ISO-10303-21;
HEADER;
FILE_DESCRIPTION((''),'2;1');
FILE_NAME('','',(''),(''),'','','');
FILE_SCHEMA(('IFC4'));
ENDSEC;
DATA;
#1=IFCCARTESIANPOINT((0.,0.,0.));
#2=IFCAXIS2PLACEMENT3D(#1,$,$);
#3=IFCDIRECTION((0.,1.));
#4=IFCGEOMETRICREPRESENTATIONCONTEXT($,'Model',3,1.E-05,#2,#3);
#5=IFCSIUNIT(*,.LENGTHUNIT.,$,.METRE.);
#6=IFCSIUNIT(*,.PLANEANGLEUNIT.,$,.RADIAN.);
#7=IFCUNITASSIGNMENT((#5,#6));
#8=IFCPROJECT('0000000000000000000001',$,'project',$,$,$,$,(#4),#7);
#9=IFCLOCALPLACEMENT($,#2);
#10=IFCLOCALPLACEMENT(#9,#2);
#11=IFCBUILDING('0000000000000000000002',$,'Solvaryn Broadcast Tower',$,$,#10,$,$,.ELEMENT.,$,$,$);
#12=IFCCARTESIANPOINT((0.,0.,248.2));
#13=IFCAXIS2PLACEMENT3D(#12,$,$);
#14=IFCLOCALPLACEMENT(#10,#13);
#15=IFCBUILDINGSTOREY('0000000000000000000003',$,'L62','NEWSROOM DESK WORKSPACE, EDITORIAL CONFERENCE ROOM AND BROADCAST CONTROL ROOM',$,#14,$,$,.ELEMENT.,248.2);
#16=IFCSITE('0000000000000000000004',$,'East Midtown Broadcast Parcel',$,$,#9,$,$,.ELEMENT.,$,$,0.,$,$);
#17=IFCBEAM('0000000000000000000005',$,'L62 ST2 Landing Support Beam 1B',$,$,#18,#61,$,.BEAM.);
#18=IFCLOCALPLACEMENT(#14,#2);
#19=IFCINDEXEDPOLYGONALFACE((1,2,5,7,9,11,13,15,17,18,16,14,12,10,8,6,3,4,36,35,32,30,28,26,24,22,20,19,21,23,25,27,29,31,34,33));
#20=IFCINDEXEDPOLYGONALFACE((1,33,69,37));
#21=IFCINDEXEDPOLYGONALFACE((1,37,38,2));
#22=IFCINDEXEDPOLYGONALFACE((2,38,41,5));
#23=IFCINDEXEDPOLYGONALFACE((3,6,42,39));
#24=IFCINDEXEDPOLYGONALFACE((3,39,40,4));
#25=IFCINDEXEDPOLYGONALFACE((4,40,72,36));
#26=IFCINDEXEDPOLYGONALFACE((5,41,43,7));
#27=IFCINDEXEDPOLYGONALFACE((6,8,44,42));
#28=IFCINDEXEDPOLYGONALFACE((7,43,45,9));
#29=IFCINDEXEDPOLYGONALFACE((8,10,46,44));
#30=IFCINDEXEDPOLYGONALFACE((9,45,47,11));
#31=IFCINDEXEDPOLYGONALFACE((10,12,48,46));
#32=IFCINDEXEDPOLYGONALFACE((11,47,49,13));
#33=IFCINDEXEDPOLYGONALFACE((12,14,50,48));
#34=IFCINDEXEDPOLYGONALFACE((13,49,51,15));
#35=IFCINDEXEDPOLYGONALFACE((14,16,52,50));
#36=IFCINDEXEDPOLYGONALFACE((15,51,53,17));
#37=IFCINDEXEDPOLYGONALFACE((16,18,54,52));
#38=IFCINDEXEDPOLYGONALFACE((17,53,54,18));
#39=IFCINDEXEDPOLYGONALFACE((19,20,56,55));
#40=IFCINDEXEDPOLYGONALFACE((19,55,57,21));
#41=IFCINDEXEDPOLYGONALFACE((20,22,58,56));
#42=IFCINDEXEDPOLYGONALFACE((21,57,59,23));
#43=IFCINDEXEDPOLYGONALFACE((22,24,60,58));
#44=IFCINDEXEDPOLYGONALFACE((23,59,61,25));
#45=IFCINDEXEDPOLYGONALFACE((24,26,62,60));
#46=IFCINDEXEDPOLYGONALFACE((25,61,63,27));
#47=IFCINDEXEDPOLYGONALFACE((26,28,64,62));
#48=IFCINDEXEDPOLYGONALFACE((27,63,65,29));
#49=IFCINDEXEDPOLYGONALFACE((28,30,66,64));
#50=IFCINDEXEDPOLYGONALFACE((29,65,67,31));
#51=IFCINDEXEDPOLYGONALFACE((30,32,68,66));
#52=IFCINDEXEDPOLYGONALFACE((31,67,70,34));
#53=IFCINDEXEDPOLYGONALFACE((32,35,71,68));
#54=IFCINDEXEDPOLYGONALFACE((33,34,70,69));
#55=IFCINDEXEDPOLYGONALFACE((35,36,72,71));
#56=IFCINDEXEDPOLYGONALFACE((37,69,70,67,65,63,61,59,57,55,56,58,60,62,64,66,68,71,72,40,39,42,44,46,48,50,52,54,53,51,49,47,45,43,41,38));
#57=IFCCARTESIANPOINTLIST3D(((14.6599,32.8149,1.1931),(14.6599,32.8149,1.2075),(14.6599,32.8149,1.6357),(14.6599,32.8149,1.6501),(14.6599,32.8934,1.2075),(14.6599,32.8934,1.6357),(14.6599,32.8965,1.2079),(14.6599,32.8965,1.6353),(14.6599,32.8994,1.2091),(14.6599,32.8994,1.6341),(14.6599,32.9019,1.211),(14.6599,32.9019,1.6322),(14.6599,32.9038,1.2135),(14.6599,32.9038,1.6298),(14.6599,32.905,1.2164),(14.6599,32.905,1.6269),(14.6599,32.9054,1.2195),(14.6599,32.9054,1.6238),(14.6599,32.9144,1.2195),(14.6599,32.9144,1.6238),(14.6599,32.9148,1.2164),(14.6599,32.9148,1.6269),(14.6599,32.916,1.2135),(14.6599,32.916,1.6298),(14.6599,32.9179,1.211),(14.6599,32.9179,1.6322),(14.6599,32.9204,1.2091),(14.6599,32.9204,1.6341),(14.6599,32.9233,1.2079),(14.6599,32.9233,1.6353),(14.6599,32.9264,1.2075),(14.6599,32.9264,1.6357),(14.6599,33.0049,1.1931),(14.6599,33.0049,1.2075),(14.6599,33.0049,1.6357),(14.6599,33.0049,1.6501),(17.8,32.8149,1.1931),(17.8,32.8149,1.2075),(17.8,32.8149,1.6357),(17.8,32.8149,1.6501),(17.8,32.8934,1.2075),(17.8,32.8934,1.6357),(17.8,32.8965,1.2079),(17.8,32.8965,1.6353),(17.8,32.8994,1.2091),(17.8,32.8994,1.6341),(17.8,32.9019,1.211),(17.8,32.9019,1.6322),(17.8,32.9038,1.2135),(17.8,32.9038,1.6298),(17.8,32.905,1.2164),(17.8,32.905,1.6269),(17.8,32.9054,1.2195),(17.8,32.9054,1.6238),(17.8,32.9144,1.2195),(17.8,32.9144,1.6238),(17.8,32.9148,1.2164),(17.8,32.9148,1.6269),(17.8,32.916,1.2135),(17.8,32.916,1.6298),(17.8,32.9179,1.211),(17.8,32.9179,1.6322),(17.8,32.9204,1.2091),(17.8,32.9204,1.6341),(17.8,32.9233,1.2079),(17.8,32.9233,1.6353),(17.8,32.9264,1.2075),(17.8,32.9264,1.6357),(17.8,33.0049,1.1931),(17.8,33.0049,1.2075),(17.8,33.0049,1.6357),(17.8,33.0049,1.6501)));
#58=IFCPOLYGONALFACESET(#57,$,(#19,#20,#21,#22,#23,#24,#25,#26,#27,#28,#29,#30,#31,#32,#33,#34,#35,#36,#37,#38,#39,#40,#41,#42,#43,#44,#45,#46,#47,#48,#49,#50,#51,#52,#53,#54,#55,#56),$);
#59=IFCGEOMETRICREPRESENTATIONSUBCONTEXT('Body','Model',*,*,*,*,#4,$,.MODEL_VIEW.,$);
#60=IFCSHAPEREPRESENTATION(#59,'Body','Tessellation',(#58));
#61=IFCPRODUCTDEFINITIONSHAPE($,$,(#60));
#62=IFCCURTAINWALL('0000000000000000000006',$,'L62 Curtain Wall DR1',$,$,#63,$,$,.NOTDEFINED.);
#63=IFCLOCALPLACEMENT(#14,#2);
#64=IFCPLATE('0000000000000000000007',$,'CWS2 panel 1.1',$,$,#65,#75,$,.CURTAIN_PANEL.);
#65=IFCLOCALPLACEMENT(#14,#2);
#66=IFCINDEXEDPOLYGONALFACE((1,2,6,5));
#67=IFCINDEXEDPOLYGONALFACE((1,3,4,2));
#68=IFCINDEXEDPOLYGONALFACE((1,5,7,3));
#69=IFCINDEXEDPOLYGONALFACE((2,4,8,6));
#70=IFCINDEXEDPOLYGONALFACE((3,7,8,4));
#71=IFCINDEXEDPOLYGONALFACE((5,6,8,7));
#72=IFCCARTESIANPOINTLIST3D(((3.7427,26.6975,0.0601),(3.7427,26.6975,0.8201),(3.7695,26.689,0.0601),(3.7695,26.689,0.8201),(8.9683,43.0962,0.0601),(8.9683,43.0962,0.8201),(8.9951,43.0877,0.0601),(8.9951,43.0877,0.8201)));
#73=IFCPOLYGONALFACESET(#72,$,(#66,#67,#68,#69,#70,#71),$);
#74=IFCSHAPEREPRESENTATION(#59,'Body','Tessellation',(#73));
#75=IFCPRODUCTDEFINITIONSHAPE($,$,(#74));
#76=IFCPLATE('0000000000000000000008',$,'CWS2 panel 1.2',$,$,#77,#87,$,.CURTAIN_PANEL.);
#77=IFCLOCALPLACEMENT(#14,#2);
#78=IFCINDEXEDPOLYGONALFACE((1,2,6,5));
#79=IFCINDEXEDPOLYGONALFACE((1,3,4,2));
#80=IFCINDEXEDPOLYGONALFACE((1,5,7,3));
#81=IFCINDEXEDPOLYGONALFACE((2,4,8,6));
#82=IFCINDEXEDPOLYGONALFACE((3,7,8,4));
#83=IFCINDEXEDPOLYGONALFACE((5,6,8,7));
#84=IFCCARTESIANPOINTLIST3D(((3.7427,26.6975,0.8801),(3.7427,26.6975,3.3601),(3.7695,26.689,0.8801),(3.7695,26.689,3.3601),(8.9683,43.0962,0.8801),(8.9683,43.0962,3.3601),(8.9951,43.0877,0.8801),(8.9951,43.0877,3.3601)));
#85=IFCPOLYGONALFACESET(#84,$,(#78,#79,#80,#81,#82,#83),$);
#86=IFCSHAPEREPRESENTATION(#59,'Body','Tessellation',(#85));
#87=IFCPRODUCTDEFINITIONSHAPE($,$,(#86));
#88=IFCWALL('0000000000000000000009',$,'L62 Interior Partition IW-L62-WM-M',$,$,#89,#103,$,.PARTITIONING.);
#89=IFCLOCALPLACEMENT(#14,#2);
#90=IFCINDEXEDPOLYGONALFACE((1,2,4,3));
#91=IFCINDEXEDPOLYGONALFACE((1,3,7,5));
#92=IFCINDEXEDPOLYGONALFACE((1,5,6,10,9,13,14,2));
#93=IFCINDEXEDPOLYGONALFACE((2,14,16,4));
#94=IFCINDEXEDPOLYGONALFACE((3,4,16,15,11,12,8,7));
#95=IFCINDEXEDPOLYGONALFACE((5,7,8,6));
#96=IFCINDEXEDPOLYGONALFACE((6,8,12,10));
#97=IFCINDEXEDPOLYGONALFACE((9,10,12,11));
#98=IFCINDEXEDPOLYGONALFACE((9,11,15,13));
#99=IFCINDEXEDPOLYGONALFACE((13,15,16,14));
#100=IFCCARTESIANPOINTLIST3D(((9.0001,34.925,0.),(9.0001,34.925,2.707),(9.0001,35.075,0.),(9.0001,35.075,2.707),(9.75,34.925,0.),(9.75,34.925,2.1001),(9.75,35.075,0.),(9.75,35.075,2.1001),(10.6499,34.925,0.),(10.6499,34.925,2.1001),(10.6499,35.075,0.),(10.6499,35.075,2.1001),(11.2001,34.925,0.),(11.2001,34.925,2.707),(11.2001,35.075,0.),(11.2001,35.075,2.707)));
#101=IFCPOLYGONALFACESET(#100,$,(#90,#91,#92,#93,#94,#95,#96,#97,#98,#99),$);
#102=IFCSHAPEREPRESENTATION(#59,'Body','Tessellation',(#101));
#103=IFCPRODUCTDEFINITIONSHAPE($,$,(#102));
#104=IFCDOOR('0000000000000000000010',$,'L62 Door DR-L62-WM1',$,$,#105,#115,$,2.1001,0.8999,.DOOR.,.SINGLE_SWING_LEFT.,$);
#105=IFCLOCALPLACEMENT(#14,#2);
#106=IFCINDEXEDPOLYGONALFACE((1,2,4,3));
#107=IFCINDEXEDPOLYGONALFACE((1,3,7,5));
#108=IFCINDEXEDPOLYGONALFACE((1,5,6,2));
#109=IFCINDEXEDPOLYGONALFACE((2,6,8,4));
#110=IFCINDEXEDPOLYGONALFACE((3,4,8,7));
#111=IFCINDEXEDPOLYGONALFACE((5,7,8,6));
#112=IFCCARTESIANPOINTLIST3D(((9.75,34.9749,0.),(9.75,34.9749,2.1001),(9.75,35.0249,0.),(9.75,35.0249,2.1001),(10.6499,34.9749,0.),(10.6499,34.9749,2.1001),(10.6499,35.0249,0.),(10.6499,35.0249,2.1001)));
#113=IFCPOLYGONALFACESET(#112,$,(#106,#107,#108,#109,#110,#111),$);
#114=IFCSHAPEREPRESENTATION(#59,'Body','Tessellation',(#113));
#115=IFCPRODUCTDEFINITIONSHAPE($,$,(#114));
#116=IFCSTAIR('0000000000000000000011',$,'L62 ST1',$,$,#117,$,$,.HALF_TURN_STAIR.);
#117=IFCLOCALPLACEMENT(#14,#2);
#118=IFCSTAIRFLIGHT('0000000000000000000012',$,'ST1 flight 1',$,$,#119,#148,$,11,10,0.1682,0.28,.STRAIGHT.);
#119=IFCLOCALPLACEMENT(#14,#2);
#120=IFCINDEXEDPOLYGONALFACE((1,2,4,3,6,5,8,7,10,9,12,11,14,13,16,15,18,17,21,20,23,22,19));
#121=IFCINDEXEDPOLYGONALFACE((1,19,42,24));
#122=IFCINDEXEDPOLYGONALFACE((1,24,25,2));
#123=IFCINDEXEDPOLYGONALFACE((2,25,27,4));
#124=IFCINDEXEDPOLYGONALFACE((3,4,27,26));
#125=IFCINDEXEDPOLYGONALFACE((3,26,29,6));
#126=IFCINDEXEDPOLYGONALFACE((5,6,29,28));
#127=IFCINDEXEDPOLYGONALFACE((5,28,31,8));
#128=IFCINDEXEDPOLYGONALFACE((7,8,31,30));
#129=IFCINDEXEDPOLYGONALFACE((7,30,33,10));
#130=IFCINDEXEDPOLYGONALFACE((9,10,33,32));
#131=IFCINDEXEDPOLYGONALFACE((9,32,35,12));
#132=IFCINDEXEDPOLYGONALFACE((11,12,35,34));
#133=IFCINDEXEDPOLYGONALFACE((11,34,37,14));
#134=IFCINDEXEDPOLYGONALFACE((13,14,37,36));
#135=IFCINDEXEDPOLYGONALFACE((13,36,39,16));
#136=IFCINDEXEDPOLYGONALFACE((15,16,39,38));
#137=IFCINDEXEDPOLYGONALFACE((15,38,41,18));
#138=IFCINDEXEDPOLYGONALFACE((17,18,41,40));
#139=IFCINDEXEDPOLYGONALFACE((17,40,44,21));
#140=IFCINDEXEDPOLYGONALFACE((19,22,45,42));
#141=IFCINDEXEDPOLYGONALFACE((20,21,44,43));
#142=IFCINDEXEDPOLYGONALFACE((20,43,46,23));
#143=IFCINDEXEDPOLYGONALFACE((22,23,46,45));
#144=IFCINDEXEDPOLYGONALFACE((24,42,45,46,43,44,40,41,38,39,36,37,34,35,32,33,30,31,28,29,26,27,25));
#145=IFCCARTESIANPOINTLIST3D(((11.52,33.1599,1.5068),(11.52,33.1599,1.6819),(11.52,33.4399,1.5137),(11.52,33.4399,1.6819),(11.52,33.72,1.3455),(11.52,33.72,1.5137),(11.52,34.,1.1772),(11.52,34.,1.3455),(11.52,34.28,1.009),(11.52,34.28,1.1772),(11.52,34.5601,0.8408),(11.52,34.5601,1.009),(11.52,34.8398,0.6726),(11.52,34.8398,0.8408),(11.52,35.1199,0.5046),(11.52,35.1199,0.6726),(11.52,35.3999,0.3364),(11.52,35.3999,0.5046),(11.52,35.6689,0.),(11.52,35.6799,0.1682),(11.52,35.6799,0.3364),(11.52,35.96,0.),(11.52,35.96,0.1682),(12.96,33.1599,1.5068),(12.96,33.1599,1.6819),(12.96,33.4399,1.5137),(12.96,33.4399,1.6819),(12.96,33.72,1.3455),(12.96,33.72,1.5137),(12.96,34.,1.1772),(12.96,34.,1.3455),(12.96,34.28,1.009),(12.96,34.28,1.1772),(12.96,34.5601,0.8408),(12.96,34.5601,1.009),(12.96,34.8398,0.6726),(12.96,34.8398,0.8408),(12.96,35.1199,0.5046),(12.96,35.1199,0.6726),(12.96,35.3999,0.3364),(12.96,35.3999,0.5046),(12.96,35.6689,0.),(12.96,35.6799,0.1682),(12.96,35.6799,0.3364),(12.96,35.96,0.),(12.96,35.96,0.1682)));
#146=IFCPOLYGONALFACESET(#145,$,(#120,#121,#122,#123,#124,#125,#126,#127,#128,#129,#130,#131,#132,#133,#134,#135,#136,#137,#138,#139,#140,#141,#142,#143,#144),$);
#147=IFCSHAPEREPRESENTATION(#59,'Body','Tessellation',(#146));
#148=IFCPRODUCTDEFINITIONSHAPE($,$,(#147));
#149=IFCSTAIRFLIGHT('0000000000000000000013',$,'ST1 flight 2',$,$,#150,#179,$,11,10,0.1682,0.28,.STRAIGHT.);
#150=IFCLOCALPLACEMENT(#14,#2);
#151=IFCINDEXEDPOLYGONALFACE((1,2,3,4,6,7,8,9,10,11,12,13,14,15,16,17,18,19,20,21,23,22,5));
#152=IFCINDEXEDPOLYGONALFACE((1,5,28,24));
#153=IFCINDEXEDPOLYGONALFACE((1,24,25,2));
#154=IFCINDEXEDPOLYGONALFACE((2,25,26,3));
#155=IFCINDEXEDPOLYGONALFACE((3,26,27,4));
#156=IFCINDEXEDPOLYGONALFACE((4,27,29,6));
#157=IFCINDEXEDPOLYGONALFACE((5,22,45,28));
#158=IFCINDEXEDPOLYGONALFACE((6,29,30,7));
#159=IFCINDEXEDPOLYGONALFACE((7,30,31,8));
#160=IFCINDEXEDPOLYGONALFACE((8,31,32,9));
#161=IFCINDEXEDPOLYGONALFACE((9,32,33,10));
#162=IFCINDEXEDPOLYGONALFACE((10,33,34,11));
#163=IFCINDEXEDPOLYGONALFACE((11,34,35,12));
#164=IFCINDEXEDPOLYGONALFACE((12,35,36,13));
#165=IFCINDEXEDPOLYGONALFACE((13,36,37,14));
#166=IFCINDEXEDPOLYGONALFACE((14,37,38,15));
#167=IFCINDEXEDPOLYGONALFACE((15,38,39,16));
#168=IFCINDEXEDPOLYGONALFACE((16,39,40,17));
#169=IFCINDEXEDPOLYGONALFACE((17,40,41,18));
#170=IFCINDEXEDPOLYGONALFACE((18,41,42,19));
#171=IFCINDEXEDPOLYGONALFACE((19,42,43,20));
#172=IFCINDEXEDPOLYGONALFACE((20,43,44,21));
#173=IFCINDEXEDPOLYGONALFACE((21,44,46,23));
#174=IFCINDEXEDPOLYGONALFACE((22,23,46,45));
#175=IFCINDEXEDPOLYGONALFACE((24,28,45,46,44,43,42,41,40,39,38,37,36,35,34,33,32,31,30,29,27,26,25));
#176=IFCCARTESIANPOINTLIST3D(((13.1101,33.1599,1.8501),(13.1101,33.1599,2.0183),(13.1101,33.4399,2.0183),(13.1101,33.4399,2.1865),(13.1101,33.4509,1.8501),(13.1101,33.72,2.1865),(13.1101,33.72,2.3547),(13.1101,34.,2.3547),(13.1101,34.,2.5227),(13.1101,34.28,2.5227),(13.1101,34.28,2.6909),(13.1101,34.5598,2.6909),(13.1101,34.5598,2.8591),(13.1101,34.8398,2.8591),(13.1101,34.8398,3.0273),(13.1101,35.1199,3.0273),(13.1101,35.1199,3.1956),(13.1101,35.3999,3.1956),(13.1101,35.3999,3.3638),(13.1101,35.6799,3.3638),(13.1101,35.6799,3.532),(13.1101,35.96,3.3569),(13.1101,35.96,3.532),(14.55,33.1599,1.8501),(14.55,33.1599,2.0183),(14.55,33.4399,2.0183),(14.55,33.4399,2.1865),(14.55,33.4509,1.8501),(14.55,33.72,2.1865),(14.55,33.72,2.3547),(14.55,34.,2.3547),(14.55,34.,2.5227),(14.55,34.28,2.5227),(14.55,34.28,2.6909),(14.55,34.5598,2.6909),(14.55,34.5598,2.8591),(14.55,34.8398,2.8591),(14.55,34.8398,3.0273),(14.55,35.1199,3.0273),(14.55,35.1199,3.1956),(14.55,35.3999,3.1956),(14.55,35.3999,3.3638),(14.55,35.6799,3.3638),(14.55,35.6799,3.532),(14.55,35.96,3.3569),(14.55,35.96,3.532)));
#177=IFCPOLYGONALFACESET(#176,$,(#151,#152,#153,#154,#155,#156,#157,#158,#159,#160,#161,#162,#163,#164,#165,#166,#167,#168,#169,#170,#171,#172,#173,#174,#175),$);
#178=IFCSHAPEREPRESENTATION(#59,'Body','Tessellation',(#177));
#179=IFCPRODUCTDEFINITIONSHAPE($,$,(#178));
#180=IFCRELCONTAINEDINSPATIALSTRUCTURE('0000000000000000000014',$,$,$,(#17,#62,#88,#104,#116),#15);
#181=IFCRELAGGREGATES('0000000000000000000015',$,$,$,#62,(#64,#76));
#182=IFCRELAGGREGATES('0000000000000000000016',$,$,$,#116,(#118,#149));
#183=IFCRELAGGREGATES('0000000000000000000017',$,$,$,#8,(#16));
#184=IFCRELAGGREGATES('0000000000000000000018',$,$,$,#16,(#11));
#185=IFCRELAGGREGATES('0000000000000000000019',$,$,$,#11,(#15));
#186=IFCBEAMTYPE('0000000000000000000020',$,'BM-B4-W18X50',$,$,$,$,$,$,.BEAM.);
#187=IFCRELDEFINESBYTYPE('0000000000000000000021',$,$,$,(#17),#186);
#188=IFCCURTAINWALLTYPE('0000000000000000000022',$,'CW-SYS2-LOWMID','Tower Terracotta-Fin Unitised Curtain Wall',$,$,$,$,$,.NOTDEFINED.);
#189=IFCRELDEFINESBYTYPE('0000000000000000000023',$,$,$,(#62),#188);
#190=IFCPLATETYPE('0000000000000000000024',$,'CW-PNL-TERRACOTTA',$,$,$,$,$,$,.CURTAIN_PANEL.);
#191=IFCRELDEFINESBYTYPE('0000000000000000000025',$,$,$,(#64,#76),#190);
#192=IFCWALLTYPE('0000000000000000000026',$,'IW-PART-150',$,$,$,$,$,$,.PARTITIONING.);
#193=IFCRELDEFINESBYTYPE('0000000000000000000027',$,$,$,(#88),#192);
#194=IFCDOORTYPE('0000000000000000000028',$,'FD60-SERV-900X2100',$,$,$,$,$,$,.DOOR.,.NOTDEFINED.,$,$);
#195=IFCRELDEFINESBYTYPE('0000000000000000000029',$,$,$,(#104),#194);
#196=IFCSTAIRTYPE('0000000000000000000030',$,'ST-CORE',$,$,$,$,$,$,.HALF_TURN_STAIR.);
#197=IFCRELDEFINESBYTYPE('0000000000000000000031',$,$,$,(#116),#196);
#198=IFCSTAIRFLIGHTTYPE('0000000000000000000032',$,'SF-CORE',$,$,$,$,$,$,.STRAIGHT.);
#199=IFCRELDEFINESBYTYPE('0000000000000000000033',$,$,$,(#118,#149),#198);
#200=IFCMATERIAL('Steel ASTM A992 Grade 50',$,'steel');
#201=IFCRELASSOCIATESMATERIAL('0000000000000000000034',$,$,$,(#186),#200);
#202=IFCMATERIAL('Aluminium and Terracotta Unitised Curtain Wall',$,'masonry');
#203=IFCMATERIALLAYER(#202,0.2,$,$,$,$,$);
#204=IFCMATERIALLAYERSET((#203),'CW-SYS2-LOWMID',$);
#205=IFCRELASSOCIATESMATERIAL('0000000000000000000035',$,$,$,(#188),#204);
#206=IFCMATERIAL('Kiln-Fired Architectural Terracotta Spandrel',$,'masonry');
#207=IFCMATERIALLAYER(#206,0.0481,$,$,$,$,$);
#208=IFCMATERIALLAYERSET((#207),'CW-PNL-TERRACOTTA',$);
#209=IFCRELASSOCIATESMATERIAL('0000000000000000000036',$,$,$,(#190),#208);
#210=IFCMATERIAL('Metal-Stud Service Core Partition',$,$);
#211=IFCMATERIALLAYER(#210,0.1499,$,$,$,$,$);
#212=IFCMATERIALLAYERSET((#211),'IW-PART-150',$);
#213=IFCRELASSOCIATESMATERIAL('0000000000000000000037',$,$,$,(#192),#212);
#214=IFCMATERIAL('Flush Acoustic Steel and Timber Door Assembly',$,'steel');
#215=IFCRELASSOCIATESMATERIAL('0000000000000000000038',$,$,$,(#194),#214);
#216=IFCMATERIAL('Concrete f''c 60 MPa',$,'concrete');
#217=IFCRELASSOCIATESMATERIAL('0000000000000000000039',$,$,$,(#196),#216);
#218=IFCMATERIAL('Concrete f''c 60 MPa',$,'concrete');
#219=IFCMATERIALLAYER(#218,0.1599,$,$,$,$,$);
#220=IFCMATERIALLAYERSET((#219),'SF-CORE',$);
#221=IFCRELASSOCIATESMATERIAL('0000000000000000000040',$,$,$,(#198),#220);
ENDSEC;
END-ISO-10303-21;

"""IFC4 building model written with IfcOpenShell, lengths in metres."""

from ifc_helpers import new_model, si_unit, direction, frame, frame_2d, origin, origin_2d, place, context, subcontext, project, spatial, polyline, rectangle, i_section, outline, extrude, material, layer, layer_set, material_profile, profile_set, type_object, element, fill, aggregate, save


model = new_model("IFC4")

# Units and contexts
model_context = context("Model", 3, precision=1e-05, world=origin(), true_north=direction((0.0, 1.0)))
body_context = subcontext(model_context, "Body", "Model", "MODEL_VIEW")
ifc_project = project(units=[si_unit("LENGTHUNIT", "METRE"), si_unit("PLANEANGLEUNIT", "RADIAN")], contexts=[model_context])

# Site, building, storey
site_placement = place(None, origin())
site = spatial("IfcSite", under=ifc_project, at=site_placement, Name="East Midtown Broadcast Parcel", CompositionType="ELEMENT", RefElevation=0.0)
building_placement = place(site_placement, origin())
building = spatial("IfcBuilding", under=site, at=building_placement, Name="Solvaryn Broadcast Tower", CompositionType="ELEMENT")
storey_placement = place(building_placement, frame((0.0, 0.0, 248.2)))
storey = spatial("IfcBuildingStorey", under=building, at=storey_placement, Name="L62", Description="NEWSROOM DESK WORKSPACE, EDITORIAL CONFERENCE ROOM AND BROADCAST CONTROL ROOM", CompositionType="ELEMENT", Elevation=248.2)

# Beam
ifc_material_1 = material(Name="Steel ASTM A992 Grade 50", Category="steel")
ifc_material_profile_1 = material_profile(ifc_material_1, i_section(OverallWidth=0.1899, OverallDepth=0.457, WebThickness=0.009, FlangeThickness=0.0144, FilletRadius=0.012, at=origin_2d()))
ifc_profile_set_1 = profile_set([ifc_material_profile_1], Name="Steel ASTM A992 Grade 50")
beam_type_1 = type_object("IfcBeamType", Name="BM-B4-W18X50", PredefinedType="BEAM", material=ifc_profile_set_1)
beam_1_placement = place(storey_placement, frame((14.6599, 32.9099, 1.4216), z_axis=(1.0, 0.0, 0.0), x_axis=(0.0, 1.0, 0.0)))
element("IfcBeam", 1, at=beam_1_placement, inside=storey, type_object=beam_type_1, Name="L62 ST2 Landing Support Beam 1B", PredefinedType="BEAM", context=body_context, shape_type="SweptSolid", body=[
    extrude(i_section(OverallWidth=0.1899, OverallDepth=0.457, WebThickness=0.009, FlangeThickness=0.0144, FilletRadius=0.012, at=origin_2d()), origin(), (0.0, 0.0, 1.0), 3.1401),
])

# Curtain wall, plates
ifc_material_2 = material(Name="Aluminium and Terracotta Unitised Curtain Wall", Category="masonry")
ifc_layer_1 = layer(ifc_material_2, 0.2)
ifc_layer_set_1 = layer_set([ifc_layer_1], Name="CW-SYS2-LOWMID")
curtain_wall_type = type_object("IfcCurtainWallType", Name="CW-SYS2-LOWMID", Description="Tower Terracotta-Fin Unitised Curtain Wall", PredefinedType="NOTDEFINED", material=ifc_layer_set_1)
curtain_wall_placement = place(storey_placement, origin())
curtain_wall = element("IfcCurtainWall", 2, at=curtain_wall_placement, inside=storey, type_object=curtain_wall_type, Name="L62 Curtain Wall DR1", PredefinedType="NOTDEFINED")
ifc_material_3 = material(Name="Kiln-Fired Architectural Terracotta Spandrel", Category="masonry")
ifc_layer_2 = layer(ifc_material_3, 0.0481)
ifc_layer_set_2 = layer_set([ifc_layer_2], Name="CW-PNL-TERRACOTTA")
plate_type = type_object("IfcPlateType", Name="CW-PNL-TERRACOTTA", PredefinedType="CURTAIN_PANEL", material=ifc_layer_set_2)
plate_1_placement = place(storey_placement, frame((6.3689, 34.8926, 0.0601), z_axis=(0.0, 0.0, 1.0), x_axis=(-0.303616, -0.952795, 0.0)))
plate_1 = element("IfcPlate", 3, at=plate_1_placement, type_object=plate_type, Name="CWS2 panel 1.1", PredefinedType="CURTAIN_PANEL", context=body_context, shape_type="SweptSolid", body=[
    extrude(rectangle(XDim=17.2112, YDim=0.0281, at=origin_2d()), origin(), (0.0, 0.0, 1.0), 0.76),
])
plate_2_placement = place(storey_placement, frame((6.3689, 34.8926, 0.8801), z_axis=(0.0, 0.0, 1.0), x_axis=(-0.303616, -0.952795, 0.0)))
plate_2 = element("IfcPlate", 4, at=plate_2_placement, type_object=plate_type, Name="CWS2 panel 1.2", PredefinedType="CURTAIN_PANEL", context=body_context, shape_type="SweptSolid", body=[
    extrude(rectangle(XDim=17.2112, YDim=0.0281, at=origin_2d()), origin(), (0.0, 0.0, 1.0), 2.48),
])
aggregate(curtain_wall, [plate_1, plate_2])

# Wall, opening, door
ifc_material_4 = material(Name="Metal-Stud Service Core Partition")
ifc_layer_3 = layer(ifc_material_4, 0.1499)
ifc_layer_set_3 = layer_set([ifc_layer_3], Name="IW-PART-150")
wall_type = type_object("IfcWallType", Name="IW-PART-150", PredefinedType="PARTITIONING", material=ifc_layer_set_3)
wall_placement = place(storey_placement, frame((9.0, 35.0, 0.0), z_axis=(0.0, 0.0, 1.0), x_axis=(1.0, 0.0, 0.0)))
wall = element("IfcWall", 5, at=wall_placement, inside=storey, type_object=wall_type, Name="L62 Interior Partition IW-L62-WM-M", PredefinedType="PARTITIONING", context=body_context, shape_type="SweptSolid", body=[
    extrude(rectangle(XDim=2.2, YDim=0.1499, at=frame_2d((1.1001, 0.0))), origin(), (0.0, 0.0, 1.0), 2.707),
])
opening_placement = place(wall_placement, frame((0.75, 0.0, 0.0)))
opening = element("IfcOpeningElement", 6, at=opening_placement, cuts=wall, PredefinedType="OPENING", context=body_context, shape_type="SweptSolid", body=[
    extrude(rectangle(XDim=0.8999, YDim=2.1001, at=frame_2d((0.45, 1.05))), frame((0.0, 0.085, 0.0), z_axis=(0.0, -1.0, 0.0), x_axis=(1.0, 0.0, 0.0)), (0.0, 0.0, 1.0), 0.1699),
])
ifc_material_5 = material(Name="Flush Acoustic Steel and Timber Door Assembly", Category="steel")
door_type = type_object("IfcDoorType", Name="FD60-SERV-900X2100", OperationType="NOTDEFINED", PredefinedType="DOOR", material=ifc_material_5)
door_placement = place(opening_placement, origin())
door = element("IfcDoor", 7, at=door_placement, inside=storey, type_object=door_type, Name="L62 Door DR-L62-WM1", OperationType="SINGLE_SWING_LEFT", OverallHeight=2.1001, OverallWidth=0.8999, PredefinedType="DOOR", context=body_context, shape_type="SweptSolid", body=[
    extrude(rectangle(XDim=0.8999, YDim=2.1001, at=frame_2d((0.45, 1.05))), frame((0.0, 0.0249, 0.0), z_axis=(0.0, -1.0, 0.0), x_axis=(1.0, 0.0, 0.0)), (0.0, 0.0, 1.0), 0.05),
])
fill(opening, door)

# Stair, stair flights
ifc_material_6 = material(Name="Concrete f'c 60 MPa", Category="concrete")
stair_type = type_object("IfcStairType", Name="ST-CORE", PredefinedType="HALF_TURN_STAIR", material=ifc_material_6)
stair_placement = place(storey_placement, origin())
stair = element("IfcStair", 8, at=stair_placement, inside=storey, type_object=stair_type, Name="L62 ST1", PredefinedType="HALF_TURN_STAIR")
ifc_material_7 = material(Name="Concrete f'c 60 MPa", Category="concrete")
ifc_layer_4 = layer(ifc_material_7, 0.1599)
ifc_layer_set_4 = layer_set([ifc_layer_4], Name="SF-CORE")
stair_flight_type = type_object("IfcStairFlightType", Name="SF-CORE", PredefinedType="STRAIGHT", material=ifc_layer_set_4)
stair_flight_1_placement = place(storey_placement, frame((12.24, 35.96, 0.0), z_axis=(0.0, 0.0, 1.0), x_axis=(0.0, -1.0, 0.0)))
stair_flight_1 = element("IfcStairFlight", 9, at=stair_flight_1_placement, type_object=stair_flight_type, Name="ST1 flight 1", NumberOfRisers=11, NumberOfTreads=10, PredefinedType="STRAIGHT", RiserHeight=0.1682, TreadLength=0.28, context=body_context, shape_type="SweptSolid", body=[
    extrude(outline(polyline([(0.0, 0.0), (0.0, 0.1682), (0.28, 0.1682), (0.28, 0.3364), (0.5601, 0.3364), (0.5601, 0.5046), (0.8401, 0.5046), (0.8401, 0.6726), (1.1201, 0.6726), (1.1201, 0.8408), (1.3999, 0.8408), (1.3999, 1.009), (1.6799, 1.009), (1.6799, 1.1772), (1.96, 1.1772), (1.96, 1.3455), (2.24, 1.3455), (2.24, 1.5137), (2.52, 1.5137), (2.52, 1.6819), (2.8, 1.6819), (2.8, 1.8501), (2.8, 1.5068), (0.291, 0.0), (0.0, 0.0)])), frame((0.0, 0.72, 0.0), z_axis=(0.0, -1.0, 0.0), x_axis=(1.0, 0.0, 0.0)), (0.0, 0.0, 1.0), 1.4399),
])
stair_flight_2_placement = place(storey_placement, frame((13.8301, 33.1599, 1.8501), z_axis=(0.0, 0.0, 1.0), x_axis=(0.0, 1.0, 0.0)))
stair_flight_2 = element("IfcStairFlight", 10, at=stair_flight_2_placement, type_object=stair_flight_type, Name="ST1 flight 2", NumberOfRisers=11, NumberOfTreads=10, PredefinedType="STRAIGHT", RiserHeight=0.1682, TreadLength=0.28, context=body_context, shape_type="SweptSolid", body=[
    extrude(outline(polyline([(0.0, 0.0), (0.0, 0.1682), (0.28, 0.1682), (0.28, 0.3364), (0.5601, 0.3364), (0.5601, 0.5046), (0.8401, 0.5046), (0.8401, 0.6726), (1.1201, 0.6726), (1.1201, 0.8408), (1.3999, 0.8408), (1.3999, 1.009), (1.6799, 1.009), (1.6799, 1.1772), (1.96, 1.1772), (1.96, 1.3455), (2.24, 1.3455), (2.24, 1.5137), (2.52, 1.5137), (2.52, 1.6819), (2.8, 1.6819), (2.8, 1.8501), (2.8, 1.5068), (0.291, 0.0), (0.0, 0.0)])), frame((0.0, 0.72, 0.0), z_axis=(0.0, -1.0, 0.0), x_axis=(1.0, 0.0, 0.0)), (0.0, 0.0, 1.0), 1.4399),
])
aggregate(stair, [stair_flight_1, stair_flight_2])

save(model, "model.ifc")
